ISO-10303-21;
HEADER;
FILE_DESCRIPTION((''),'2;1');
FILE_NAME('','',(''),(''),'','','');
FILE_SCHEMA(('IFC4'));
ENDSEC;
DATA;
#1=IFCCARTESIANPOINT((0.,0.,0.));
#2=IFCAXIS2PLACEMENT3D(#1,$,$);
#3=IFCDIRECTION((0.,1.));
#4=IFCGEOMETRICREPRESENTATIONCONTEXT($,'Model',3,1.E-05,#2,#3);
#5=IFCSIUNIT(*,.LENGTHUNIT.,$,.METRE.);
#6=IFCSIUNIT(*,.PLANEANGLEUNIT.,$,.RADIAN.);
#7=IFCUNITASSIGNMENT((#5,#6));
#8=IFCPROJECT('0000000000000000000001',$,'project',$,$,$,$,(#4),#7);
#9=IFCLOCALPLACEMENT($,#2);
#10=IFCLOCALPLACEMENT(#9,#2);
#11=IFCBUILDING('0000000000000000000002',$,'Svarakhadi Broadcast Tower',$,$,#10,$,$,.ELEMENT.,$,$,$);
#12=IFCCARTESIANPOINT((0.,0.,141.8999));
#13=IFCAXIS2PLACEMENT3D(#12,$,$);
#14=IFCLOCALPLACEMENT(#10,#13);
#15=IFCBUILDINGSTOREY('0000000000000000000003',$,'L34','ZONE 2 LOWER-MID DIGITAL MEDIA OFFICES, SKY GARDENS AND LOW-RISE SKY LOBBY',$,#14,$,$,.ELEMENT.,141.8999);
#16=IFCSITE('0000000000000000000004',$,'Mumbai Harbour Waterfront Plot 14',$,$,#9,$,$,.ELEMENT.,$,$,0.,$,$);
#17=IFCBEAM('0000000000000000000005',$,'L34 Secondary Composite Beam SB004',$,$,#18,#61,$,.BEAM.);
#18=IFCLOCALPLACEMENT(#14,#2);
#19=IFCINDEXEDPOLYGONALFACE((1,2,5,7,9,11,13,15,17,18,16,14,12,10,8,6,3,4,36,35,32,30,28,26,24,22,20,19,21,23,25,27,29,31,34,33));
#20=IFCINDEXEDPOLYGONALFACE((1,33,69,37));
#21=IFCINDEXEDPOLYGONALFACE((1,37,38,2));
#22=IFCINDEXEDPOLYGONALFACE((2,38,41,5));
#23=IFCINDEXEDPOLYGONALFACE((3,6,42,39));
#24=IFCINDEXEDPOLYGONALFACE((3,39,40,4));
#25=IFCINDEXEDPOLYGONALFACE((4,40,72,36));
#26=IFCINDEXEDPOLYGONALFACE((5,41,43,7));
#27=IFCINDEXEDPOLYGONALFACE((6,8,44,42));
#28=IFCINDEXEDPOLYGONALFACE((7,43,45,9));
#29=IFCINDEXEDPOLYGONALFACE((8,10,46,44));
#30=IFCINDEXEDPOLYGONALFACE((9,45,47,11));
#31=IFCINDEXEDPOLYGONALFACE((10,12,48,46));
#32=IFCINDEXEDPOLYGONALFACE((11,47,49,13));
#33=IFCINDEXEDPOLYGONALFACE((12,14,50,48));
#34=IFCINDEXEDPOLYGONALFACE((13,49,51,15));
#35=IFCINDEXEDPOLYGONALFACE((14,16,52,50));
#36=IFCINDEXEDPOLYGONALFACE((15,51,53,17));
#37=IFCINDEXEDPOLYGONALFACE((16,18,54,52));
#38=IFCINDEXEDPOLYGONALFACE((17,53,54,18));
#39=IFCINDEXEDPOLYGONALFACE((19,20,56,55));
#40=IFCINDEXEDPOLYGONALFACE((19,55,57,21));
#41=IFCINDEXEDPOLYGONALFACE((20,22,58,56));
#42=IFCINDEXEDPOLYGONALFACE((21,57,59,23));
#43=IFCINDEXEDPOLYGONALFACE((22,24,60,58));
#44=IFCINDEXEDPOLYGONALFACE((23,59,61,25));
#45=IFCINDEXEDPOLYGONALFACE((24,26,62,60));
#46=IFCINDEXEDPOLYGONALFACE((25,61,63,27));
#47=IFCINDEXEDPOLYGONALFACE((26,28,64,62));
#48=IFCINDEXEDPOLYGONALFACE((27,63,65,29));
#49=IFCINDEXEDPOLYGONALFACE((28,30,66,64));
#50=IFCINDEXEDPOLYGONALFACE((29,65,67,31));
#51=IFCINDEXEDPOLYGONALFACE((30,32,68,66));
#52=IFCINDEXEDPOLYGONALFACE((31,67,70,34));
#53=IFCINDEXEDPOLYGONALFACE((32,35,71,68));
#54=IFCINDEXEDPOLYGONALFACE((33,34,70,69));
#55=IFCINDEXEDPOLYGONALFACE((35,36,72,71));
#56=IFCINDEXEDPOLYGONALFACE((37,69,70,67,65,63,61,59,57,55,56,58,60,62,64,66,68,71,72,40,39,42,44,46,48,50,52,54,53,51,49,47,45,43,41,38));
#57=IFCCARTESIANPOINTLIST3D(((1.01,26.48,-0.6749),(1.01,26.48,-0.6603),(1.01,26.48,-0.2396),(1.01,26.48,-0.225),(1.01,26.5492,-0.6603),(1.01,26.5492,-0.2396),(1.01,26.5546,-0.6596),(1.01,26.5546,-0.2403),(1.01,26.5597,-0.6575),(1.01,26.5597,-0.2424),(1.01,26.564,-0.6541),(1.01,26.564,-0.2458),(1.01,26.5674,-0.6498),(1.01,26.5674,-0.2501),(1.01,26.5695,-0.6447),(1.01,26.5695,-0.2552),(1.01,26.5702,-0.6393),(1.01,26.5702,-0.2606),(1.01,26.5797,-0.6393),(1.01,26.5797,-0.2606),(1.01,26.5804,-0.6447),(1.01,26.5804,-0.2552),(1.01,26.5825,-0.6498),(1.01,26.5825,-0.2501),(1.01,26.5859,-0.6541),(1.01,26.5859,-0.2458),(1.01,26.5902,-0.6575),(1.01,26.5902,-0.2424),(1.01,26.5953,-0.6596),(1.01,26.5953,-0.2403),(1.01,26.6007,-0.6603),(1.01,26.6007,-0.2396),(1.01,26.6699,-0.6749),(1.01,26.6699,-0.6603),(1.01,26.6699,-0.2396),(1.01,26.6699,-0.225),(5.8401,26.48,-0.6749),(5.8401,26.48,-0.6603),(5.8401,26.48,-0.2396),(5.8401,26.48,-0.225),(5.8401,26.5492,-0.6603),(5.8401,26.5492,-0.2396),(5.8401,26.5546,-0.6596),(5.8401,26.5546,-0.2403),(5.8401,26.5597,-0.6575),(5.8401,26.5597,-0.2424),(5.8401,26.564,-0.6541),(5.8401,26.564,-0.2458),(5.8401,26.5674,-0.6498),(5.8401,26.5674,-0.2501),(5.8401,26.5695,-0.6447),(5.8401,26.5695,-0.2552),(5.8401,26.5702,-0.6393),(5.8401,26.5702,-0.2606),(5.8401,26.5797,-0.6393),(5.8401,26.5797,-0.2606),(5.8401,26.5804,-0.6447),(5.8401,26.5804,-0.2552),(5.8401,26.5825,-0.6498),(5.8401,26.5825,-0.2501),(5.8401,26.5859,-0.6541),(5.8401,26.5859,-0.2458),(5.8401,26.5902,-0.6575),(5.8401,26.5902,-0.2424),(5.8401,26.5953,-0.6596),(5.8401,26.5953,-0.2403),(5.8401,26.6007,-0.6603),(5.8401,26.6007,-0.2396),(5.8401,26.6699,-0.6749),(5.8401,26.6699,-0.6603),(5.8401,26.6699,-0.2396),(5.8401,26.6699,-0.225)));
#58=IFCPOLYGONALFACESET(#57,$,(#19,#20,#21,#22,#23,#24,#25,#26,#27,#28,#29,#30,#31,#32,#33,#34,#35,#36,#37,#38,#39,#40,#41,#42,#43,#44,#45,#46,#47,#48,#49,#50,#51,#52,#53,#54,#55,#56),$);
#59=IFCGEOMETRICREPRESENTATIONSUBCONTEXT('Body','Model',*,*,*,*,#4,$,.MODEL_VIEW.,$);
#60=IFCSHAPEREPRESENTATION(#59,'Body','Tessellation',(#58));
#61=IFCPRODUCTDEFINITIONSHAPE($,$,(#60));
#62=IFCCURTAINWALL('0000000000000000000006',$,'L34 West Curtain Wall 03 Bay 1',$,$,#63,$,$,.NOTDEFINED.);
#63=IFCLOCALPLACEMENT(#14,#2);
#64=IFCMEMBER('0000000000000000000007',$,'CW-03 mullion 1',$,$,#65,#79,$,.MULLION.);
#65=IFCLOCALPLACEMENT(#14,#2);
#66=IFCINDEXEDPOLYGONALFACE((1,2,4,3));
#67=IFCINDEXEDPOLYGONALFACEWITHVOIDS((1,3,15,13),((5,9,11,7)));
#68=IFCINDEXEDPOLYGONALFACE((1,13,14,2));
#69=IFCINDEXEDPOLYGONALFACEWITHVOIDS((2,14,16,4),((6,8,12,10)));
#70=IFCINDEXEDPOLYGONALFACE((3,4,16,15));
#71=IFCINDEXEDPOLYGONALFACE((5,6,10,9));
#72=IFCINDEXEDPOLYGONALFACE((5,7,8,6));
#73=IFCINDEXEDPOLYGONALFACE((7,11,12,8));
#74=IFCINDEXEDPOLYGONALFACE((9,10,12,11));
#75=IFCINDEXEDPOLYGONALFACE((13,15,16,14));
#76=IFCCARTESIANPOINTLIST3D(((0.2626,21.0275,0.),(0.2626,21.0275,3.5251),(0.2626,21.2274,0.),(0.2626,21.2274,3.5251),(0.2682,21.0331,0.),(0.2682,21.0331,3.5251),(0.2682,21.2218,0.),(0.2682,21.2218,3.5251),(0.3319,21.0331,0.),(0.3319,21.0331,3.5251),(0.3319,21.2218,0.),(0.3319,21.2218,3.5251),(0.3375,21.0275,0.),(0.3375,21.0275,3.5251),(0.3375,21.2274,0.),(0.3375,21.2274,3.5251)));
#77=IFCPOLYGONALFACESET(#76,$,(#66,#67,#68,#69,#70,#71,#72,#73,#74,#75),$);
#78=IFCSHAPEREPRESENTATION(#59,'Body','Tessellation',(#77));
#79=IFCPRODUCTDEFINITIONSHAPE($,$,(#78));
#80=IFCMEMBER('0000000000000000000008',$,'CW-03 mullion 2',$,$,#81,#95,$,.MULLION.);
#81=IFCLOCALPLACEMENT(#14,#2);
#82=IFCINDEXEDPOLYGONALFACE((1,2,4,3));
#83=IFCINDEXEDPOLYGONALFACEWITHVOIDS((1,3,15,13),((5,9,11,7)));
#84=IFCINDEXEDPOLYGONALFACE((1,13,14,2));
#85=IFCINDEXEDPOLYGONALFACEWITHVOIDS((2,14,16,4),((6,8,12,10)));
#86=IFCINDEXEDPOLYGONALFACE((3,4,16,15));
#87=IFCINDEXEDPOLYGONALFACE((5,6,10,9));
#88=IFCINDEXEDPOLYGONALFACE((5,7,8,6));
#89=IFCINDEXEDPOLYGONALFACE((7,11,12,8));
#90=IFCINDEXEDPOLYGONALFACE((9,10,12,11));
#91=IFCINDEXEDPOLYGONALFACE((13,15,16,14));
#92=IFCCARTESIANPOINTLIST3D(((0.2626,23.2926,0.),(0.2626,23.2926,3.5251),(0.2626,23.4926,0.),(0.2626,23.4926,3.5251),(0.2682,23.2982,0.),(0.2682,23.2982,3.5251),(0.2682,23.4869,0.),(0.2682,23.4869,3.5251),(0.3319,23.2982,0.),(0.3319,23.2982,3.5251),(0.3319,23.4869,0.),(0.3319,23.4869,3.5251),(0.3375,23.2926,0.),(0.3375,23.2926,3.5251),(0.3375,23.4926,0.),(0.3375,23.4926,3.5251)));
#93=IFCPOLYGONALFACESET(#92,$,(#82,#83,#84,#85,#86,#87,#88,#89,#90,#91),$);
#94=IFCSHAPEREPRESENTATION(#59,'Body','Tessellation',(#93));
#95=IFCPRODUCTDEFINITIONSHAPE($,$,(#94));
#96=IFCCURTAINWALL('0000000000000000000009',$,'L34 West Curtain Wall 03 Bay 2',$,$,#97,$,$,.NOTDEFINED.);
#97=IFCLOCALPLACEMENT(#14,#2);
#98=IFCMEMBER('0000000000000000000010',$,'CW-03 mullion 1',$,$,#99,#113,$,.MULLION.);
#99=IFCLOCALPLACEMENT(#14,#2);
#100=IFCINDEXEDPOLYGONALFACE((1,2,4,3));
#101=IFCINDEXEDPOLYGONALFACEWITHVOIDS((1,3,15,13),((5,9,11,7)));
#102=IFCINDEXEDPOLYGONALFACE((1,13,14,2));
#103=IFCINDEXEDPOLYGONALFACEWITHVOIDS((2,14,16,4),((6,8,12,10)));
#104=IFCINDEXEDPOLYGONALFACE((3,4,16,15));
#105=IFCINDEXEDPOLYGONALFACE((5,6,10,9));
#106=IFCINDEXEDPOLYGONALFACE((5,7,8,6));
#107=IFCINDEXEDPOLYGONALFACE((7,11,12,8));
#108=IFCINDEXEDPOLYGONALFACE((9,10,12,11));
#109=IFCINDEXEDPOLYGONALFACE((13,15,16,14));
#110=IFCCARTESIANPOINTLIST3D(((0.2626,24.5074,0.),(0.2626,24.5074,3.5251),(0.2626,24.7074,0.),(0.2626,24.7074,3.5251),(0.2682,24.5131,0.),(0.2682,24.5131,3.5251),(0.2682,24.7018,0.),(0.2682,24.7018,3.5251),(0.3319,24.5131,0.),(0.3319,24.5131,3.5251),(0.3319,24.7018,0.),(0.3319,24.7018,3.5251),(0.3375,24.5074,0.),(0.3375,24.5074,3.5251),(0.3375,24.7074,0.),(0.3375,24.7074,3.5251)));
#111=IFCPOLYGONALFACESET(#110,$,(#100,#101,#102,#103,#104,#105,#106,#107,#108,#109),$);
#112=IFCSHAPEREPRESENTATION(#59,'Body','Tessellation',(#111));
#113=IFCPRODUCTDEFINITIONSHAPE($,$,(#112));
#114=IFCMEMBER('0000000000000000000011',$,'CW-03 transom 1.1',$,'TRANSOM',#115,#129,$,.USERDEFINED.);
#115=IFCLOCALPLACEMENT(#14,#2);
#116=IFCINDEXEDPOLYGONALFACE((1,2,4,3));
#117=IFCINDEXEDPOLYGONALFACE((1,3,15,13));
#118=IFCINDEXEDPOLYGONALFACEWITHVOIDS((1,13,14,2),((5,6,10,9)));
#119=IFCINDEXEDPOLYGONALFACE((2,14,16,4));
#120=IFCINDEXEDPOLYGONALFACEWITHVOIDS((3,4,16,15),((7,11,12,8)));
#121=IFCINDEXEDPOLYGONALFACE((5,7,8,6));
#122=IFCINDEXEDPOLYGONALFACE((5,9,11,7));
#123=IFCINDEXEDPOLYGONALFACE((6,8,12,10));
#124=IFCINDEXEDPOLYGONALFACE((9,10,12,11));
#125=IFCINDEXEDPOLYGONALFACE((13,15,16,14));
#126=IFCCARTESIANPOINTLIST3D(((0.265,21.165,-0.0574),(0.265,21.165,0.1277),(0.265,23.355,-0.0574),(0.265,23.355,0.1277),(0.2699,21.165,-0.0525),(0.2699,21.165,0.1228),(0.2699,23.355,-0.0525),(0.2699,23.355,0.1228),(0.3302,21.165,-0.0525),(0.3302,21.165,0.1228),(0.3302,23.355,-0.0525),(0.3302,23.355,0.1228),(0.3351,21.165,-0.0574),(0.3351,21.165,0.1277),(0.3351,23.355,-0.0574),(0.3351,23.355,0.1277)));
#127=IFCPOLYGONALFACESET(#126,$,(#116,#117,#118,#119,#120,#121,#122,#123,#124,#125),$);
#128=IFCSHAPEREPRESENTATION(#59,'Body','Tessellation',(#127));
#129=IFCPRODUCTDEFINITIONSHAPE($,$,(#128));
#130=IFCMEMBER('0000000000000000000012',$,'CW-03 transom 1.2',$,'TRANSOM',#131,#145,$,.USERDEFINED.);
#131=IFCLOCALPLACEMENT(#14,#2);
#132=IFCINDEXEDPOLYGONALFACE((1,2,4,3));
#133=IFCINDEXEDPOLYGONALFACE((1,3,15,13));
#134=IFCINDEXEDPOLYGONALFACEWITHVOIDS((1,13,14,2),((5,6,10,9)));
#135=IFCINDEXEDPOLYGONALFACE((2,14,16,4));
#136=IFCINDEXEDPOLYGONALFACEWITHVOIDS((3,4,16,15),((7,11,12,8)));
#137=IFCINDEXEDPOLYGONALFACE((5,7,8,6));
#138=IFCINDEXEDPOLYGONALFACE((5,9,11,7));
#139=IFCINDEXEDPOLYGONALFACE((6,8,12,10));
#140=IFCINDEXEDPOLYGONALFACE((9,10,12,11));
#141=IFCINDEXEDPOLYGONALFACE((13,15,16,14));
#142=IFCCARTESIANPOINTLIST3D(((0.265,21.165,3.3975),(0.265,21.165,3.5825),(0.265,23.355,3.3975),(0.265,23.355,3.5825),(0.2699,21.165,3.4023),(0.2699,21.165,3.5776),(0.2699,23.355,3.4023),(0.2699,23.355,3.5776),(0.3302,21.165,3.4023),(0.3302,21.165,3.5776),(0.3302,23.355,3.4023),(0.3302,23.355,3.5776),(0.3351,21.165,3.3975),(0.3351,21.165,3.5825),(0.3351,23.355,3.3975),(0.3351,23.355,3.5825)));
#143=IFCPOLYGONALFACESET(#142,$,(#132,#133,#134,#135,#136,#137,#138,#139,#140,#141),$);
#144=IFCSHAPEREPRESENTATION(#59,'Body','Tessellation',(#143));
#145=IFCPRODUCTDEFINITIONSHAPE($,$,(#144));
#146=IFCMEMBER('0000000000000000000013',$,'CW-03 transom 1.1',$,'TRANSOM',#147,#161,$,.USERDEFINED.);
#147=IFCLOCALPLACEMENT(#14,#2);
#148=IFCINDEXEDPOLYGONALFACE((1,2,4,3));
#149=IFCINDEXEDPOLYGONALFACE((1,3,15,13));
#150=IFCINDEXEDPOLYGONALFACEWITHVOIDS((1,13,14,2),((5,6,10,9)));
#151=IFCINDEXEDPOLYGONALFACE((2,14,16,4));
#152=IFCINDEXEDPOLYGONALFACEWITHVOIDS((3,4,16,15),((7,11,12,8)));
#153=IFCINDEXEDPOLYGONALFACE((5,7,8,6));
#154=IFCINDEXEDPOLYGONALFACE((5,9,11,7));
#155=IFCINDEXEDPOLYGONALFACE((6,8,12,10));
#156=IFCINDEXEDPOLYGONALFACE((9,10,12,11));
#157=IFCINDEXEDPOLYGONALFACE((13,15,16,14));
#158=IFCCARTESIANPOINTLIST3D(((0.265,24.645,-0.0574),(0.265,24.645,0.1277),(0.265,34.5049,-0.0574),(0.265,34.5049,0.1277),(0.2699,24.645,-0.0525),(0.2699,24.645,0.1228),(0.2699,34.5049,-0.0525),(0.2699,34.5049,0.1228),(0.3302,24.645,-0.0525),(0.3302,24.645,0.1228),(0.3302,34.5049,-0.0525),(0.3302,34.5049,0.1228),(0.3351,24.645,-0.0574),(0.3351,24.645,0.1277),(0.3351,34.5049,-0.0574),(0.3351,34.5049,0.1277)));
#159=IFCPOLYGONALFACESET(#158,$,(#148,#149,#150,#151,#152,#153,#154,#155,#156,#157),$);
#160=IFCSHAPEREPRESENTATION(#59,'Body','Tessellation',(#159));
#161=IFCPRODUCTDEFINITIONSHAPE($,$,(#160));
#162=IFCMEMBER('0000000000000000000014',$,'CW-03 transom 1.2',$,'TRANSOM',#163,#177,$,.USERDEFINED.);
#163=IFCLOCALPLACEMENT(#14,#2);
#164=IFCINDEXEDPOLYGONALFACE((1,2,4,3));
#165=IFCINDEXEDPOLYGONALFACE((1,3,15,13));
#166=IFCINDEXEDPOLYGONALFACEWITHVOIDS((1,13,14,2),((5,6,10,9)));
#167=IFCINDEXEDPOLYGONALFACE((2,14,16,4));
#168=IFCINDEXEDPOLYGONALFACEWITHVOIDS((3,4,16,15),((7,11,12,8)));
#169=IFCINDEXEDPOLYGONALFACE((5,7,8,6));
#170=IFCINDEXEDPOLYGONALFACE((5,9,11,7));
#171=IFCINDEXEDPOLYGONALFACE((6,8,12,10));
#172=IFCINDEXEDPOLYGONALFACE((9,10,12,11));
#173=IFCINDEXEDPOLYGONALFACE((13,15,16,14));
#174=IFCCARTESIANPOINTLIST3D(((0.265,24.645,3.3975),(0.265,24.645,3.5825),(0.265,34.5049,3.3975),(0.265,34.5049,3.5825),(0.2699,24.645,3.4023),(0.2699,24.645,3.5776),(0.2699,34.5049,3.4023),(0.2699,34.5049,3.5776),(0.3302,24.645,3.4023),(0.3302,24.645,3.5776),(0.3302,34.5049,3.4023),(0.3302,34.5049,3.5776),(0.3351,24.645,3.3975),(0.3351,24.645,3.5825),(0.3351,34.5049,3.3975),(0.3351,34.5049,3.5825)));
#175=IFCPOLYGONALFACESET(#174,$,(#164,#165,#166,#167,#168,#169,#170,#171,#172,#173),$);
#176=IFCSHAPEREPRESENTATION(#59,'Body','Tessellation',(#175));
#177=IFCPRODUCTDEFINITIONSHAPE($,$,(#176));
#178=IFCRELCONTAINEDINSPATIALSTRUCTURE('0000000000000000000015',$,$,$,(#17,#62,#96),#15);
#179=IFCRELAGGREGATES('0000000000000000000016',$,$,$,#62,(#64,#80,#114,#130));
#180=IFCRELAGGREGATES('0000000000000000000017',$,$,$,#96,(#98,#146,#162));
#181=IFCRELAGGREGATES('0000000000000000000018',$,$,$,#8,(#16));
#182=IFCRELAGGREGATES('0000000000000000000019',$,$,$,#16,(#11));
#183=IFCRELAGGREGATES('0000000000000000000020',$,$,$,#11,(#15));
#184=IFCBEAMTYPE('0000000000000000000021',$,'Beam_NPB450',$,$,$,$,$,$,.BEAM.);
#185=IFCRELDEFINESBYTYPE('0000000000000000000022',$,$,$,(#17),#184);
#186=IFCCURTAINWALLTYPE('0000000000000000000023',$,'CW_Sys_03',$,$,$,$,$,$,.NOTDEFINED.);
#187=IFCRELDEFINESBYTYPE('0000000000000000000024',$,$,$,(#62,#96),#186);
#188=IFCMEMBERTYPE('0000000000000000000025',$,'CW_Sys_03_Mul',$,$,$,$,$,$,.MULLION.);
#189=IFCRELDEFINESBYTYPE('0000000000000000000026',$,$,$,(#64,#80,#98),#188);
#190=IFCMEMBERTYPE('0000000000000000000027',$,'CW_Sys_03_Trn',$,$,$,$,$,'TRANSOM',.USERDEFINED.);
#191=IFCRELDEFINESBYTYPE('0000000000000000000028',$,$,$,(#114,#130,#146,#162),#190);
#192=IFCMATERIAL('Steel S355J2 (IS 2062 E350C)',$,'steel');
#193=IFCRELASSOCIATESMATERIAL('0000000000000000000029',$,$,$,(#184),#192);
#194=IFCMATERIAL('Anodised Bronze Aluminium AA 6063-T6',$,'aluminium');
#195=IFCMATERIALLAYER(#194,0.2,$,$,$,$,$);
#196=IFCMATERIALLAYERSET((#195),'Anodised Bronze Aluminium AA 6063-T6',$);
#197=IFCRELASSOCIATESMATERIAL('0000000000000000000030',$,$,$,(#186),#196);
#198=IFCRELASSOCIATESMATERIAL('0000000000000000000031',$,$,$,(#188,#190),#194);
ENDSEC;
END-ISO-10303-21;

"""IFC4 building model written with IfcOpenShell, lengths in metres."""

from ifc_helpers import new_model, si_unit, direction, frame, origin, origin_2d, place, context, subcontext, project, spatial, hollow_rectangle, i_section, extrude, material, layer, layer_set, material_profile, profile_set, type_object, element, aggregate, save


model = new_model("IFC4")

# Units and contexts
model_context = context("Model", 3, precision=1e-05, world=origin(), true_north=direction((0.0, 1.0)))
body_context = subcontext(model_context, "Body", "Model", "MODEL_VIEW")
ifc_project = project(units=[si_unit("LENGTHUNIT", "METRE"), si_unit("PLANEANGLEUNIT", "RADIAN")], contexts=[model_context])

# Site, building, storey
site_placement = place(None, origin())
site = spatial("IfcSite", under=ifc_project, at=site_placement, Name="Mumbai Harbour Waterfront Plot 14", CompositionType="ELEMENT", RefElevation=0.0)
building_placement = place(site_placement, origin())
building = spatial("IfcBuilding", under=site, at=building_placement, Name="Svarakhadi Broadcast Tower", CompositionType="ELEMENT")
storey_placement = place(building_placement, frame((0.0, 0.0, 141.8999)))
storey = spatial("IfcBuildingStorey", under=building, at=storey_placement, Name="L34", Description="ZONE 2 LOWER-MID DIGITAL MEDIA OFFICES, SKY GARDENS AND LOW-RISE SKY LOBBY", CompositionType="ELEMENT", Elevation=141.8999)

# Beam
ifc_material_1 = material(Name="Steel S355J2 (IS 2062 E350C)", Category="steel")
ifc_material_profile_1 = material_profile(ifc_material_1, i_section(OverallWidth=0.1899, OverallDepth=0.45, WebThickness=0.0095, FlangeThickness=0.0146, FilletRadius=0.021, at=origin_2d()), Name="NPB 450x190x78")
ifc_profile_set_1 = profile_set([ifc_material_profile_1], Name="Steel S355J2 (IS 2062 E350C)")
beam_type_1 = type_object("IfcBeamType", Name="Beam_NPB450", PredefinedType="BEAM", material=ifc_profile_set_1)
for number, where, z_axis, x_axis, name in (
    (1, (1.01, 26.575, -0.45), (1.0, 0.0, 0.0), (0.0, 1.0, 0.0), "L34 Secondary Composite Beam SB004"),
):
    element("IfcBeam", number, at=place(storey_placement, frame(where, z_axis=z_axis, x_axis=x_axis)), inside=storey, type_object=beam_type_1, Name=name, PredefinedType="BEAM", context=body_context, shape_type="SweptSolid", body=[
        extrude(i_section(OverallWidth=0.1899, OverallDepth=0.45, WebThickness=0.0095, FlangeThickness=0.0146, FilletRadius=0.021, at=origin_2d()), origin(), (0.0, 0.0, 1.0), 4.8301),
    ])

# Curtain wall, members
ifc_material_2 = material(Name="Anodised Bronze Aluminium AA 6063-T6", Category="aluminium")
ifc_layer_1 = layer(ifc_material_2, 0.2)
ifc_layer_set_1 = layer_set([ifc_layer_1], Name="Anodised Bronze Aluminium AA 6063-T6")
curtain_wall_type = type_object("IfcCurtainWallType", Name="CW_Sys_03", PredefinedType="NOTDEFINED", material=ifc_layer_set_1)
curtain_wall_1_placement = place(storey_placement, origin())
curtain_wall_1 = element("IfcCurtainWall", 2, at=curtain_wall_1_placement, inside=storey, type_object=curtain_wall_type, Name="L34 West Curtain Wall 03 Bay 1", PredefinedType="NOTDEFINED")
ifc_material_profile_2 = material_profile(ifc_material_2, hollow_rectangle(XDim=0.075, YDim=0.2, WallThickness=0.0056, at=origin_2d()), Name="ALU MULLION 200x75x6")
ifc_profile_set_2 = profile_set([ifc_material_profile_2], Name="Anodised Bronze Aluminium AA 6063-T6")
member_type_1 = type_object("IfcMemberType", Name="CW_Sys_03_Mul", PredefinedType="MULLION", material=ifc_profile_set_2)
member_1_placement = place(storey_placement, frame((0.3, 21.1274, 0.0), z_axis=(0.0, 0.0, 1.0), x_axis=(-1.0, 0.0, 0.0)))
member_1 = element("IfcMember", 3, at=member_1_placement, type_object=member_type_1, Name="CW-03 mullion 1", PredefinedType="MULLION", context=body_context, shape_type="SweptSolid", body=[
    extrude(hollow_rectangle(XDim=0.075, YDim=0.2, WallThickness=0.0056, at=origin_2d()), origin(), (0.0, 0.0, 1.0), 3.5251),
])
member_2_placement = place(storey_placement, frame((0.3, 23.3926, 0.0), z_axis=(0.0, 0.0, 1.0), x_axis=(-1.0, 0.0, 0.0)))
member_2 = element("IfcMember", 4, at=member_2_placement, type_object=member_type_1, Name="CW-03 mullion 2", PredefinedType="MULLION", context=body_context, shape_type="SweptSolid", body=[
    extrude(hollow_rectangle(XDim=0.075, YDim=0.2, WallThickness=0.0056, at=origin_2d()), origin(), (0.0, 0.0, 1.0), 3.5251),
])

# Curtain wall, member
curtain_wall_2_placement = place(storey_placement, origin())
curtain_wall_2 = element("IfcCurtainWall", 5, at=curtain_wall_2_placement, inside=storey, type_object=curtain_wall_type, Name="L34 West Curtain Wall 03 Bay 2", PredefinedType="NOTDEFINED")
member_3_placement = place(storey_placement, frame((0.3, 24.6074, 0.0), z_axis=(0.0, 0.0, 1.0), x_axis=(-1.0, 0.0, 0.0)))
member_3 = element("IfcMember", 6, at=member_3_placement, type_object=member_type_1, Name="CW-03 mullion 1", PredefinedType="MULLION", context=body_context, shape_type="SweptSolid", body=[
    extrude(hollow_rectangle(XDim=0.075, YDim=0.2, WallThickness=0.0056, at=origin_2d()), origin(), (0.0, 0.0, 1.0), 3.5251),
])

# Members
ifc_material_profile_3 = material_profile(ifc_material_2, hollow_rectangle(XDim=0.0701, YDim=0.1851, WallThickness=0.0049, at=origin_2d()), Name="ALU TRANSOM 185x70x5")
ifc_profile_set_3 = profile_set([ifc_material_profile_3], Name="Anodised Bronze Aluminium AA 6063-T6")
member_type_2 = type_object("IfcMemberType", Name="CW_Sys_03_Trn", ElementType="TRANSOM", PredefinedType="USERDEFINED", material=ifc_profile_set_3)
member_4_placement = place(storey_placement, frame((0.3, 21.165, 0.0352), z_axis=(0.0, 1.0, 0.0), x_axis=(-1.0, 0.0, 0.0)))
member_4 = element("IfcMember", 7, at=member_4_placement, type_object=member_type_2, Name="CW-03 transom 1.1", ObjectType="TRANSOM", PredefinedType="USERDEFINED", context=body_context, shape_type="SweptSolid", body=[
    extrude(hollow_rectangle(XDim=0.0701, YDim=0.1851, WallThickness=0.0049, at=origin_2d()), origin(), (0.0, 0.0, 1.0), 2.1899),
])
member_5_placement = place(storey_placement, frame((0.3, 21.165, 3.49), z_axis=(0.0, 1.0, 0.0), x_axis=(-1.0, 0.0, 0.0)))
member_5 = element("IfcMember", 8, at=member_5_placement, type_object=member_type_2, Name="CW-03 transom 1.2", ObjectType="TRANSOM", PredefinedType="USERDEFINED", context=body_context, shape_type="SweptSolid", body=[
    extrude(hollow_rectangle(XDim=0.0701, YDim=0.1851, WallThickness=0.0049, at=origin_2d()), origin(), (0.0, 0.0, 1.0), 2.1899),
])
member_6_placement = place(storey_placement, frame((0.3, 24.645, 0.0352), z_axis=(0.0, 1.0, 0.0), x_axis=(-1.0, 0.0, 0.0)))
member_6 = element("IfcMember", 9, at=member_6_placement, type_object=member_type_2, Name="CW-03 transom 1.1", ObjectType="TRANSOM", PredefinedType="USERDEFINED", context=body_context, shape_type="SweptSolid", body=[
    extrude(hollow_rectangle(XDim=0.0701, YDim=0.1851, WallThickness=0.0049, at=origin_2d()), origin(), (0.0, 0.0, 1.0), 9.8599),
])
member_7_placement = place(storey_placement, frame((0.3, 24.645, 3.49), z_axis=(0.0, 1.0, 0.0), x_axis=(-1.0, 0.0, 0.0)))
member_7 = element("IfcMember", 10, at=member_7_placement, type_object=member_type_2, Name="CW-03 transom 1.2", ObjectType="TRANSOM", PredefinedType="USERDEFINED", context=body_context, shape_type="SweptSolid", body=[
    extrude(hollow_rectangle(XDim=0.0701, YDim=0.1851, WallThickness=0.0049, at=origin_2d()), origin(), (0.0, 0.0, 1.0), 9.8599),
])

aggregate(curtain_wall_1, [member_1, member_2, member_4, member_5])
aggregate(curtain_wall_2, [member_3, member_6, member_7])

save(model, "model.ifc")
